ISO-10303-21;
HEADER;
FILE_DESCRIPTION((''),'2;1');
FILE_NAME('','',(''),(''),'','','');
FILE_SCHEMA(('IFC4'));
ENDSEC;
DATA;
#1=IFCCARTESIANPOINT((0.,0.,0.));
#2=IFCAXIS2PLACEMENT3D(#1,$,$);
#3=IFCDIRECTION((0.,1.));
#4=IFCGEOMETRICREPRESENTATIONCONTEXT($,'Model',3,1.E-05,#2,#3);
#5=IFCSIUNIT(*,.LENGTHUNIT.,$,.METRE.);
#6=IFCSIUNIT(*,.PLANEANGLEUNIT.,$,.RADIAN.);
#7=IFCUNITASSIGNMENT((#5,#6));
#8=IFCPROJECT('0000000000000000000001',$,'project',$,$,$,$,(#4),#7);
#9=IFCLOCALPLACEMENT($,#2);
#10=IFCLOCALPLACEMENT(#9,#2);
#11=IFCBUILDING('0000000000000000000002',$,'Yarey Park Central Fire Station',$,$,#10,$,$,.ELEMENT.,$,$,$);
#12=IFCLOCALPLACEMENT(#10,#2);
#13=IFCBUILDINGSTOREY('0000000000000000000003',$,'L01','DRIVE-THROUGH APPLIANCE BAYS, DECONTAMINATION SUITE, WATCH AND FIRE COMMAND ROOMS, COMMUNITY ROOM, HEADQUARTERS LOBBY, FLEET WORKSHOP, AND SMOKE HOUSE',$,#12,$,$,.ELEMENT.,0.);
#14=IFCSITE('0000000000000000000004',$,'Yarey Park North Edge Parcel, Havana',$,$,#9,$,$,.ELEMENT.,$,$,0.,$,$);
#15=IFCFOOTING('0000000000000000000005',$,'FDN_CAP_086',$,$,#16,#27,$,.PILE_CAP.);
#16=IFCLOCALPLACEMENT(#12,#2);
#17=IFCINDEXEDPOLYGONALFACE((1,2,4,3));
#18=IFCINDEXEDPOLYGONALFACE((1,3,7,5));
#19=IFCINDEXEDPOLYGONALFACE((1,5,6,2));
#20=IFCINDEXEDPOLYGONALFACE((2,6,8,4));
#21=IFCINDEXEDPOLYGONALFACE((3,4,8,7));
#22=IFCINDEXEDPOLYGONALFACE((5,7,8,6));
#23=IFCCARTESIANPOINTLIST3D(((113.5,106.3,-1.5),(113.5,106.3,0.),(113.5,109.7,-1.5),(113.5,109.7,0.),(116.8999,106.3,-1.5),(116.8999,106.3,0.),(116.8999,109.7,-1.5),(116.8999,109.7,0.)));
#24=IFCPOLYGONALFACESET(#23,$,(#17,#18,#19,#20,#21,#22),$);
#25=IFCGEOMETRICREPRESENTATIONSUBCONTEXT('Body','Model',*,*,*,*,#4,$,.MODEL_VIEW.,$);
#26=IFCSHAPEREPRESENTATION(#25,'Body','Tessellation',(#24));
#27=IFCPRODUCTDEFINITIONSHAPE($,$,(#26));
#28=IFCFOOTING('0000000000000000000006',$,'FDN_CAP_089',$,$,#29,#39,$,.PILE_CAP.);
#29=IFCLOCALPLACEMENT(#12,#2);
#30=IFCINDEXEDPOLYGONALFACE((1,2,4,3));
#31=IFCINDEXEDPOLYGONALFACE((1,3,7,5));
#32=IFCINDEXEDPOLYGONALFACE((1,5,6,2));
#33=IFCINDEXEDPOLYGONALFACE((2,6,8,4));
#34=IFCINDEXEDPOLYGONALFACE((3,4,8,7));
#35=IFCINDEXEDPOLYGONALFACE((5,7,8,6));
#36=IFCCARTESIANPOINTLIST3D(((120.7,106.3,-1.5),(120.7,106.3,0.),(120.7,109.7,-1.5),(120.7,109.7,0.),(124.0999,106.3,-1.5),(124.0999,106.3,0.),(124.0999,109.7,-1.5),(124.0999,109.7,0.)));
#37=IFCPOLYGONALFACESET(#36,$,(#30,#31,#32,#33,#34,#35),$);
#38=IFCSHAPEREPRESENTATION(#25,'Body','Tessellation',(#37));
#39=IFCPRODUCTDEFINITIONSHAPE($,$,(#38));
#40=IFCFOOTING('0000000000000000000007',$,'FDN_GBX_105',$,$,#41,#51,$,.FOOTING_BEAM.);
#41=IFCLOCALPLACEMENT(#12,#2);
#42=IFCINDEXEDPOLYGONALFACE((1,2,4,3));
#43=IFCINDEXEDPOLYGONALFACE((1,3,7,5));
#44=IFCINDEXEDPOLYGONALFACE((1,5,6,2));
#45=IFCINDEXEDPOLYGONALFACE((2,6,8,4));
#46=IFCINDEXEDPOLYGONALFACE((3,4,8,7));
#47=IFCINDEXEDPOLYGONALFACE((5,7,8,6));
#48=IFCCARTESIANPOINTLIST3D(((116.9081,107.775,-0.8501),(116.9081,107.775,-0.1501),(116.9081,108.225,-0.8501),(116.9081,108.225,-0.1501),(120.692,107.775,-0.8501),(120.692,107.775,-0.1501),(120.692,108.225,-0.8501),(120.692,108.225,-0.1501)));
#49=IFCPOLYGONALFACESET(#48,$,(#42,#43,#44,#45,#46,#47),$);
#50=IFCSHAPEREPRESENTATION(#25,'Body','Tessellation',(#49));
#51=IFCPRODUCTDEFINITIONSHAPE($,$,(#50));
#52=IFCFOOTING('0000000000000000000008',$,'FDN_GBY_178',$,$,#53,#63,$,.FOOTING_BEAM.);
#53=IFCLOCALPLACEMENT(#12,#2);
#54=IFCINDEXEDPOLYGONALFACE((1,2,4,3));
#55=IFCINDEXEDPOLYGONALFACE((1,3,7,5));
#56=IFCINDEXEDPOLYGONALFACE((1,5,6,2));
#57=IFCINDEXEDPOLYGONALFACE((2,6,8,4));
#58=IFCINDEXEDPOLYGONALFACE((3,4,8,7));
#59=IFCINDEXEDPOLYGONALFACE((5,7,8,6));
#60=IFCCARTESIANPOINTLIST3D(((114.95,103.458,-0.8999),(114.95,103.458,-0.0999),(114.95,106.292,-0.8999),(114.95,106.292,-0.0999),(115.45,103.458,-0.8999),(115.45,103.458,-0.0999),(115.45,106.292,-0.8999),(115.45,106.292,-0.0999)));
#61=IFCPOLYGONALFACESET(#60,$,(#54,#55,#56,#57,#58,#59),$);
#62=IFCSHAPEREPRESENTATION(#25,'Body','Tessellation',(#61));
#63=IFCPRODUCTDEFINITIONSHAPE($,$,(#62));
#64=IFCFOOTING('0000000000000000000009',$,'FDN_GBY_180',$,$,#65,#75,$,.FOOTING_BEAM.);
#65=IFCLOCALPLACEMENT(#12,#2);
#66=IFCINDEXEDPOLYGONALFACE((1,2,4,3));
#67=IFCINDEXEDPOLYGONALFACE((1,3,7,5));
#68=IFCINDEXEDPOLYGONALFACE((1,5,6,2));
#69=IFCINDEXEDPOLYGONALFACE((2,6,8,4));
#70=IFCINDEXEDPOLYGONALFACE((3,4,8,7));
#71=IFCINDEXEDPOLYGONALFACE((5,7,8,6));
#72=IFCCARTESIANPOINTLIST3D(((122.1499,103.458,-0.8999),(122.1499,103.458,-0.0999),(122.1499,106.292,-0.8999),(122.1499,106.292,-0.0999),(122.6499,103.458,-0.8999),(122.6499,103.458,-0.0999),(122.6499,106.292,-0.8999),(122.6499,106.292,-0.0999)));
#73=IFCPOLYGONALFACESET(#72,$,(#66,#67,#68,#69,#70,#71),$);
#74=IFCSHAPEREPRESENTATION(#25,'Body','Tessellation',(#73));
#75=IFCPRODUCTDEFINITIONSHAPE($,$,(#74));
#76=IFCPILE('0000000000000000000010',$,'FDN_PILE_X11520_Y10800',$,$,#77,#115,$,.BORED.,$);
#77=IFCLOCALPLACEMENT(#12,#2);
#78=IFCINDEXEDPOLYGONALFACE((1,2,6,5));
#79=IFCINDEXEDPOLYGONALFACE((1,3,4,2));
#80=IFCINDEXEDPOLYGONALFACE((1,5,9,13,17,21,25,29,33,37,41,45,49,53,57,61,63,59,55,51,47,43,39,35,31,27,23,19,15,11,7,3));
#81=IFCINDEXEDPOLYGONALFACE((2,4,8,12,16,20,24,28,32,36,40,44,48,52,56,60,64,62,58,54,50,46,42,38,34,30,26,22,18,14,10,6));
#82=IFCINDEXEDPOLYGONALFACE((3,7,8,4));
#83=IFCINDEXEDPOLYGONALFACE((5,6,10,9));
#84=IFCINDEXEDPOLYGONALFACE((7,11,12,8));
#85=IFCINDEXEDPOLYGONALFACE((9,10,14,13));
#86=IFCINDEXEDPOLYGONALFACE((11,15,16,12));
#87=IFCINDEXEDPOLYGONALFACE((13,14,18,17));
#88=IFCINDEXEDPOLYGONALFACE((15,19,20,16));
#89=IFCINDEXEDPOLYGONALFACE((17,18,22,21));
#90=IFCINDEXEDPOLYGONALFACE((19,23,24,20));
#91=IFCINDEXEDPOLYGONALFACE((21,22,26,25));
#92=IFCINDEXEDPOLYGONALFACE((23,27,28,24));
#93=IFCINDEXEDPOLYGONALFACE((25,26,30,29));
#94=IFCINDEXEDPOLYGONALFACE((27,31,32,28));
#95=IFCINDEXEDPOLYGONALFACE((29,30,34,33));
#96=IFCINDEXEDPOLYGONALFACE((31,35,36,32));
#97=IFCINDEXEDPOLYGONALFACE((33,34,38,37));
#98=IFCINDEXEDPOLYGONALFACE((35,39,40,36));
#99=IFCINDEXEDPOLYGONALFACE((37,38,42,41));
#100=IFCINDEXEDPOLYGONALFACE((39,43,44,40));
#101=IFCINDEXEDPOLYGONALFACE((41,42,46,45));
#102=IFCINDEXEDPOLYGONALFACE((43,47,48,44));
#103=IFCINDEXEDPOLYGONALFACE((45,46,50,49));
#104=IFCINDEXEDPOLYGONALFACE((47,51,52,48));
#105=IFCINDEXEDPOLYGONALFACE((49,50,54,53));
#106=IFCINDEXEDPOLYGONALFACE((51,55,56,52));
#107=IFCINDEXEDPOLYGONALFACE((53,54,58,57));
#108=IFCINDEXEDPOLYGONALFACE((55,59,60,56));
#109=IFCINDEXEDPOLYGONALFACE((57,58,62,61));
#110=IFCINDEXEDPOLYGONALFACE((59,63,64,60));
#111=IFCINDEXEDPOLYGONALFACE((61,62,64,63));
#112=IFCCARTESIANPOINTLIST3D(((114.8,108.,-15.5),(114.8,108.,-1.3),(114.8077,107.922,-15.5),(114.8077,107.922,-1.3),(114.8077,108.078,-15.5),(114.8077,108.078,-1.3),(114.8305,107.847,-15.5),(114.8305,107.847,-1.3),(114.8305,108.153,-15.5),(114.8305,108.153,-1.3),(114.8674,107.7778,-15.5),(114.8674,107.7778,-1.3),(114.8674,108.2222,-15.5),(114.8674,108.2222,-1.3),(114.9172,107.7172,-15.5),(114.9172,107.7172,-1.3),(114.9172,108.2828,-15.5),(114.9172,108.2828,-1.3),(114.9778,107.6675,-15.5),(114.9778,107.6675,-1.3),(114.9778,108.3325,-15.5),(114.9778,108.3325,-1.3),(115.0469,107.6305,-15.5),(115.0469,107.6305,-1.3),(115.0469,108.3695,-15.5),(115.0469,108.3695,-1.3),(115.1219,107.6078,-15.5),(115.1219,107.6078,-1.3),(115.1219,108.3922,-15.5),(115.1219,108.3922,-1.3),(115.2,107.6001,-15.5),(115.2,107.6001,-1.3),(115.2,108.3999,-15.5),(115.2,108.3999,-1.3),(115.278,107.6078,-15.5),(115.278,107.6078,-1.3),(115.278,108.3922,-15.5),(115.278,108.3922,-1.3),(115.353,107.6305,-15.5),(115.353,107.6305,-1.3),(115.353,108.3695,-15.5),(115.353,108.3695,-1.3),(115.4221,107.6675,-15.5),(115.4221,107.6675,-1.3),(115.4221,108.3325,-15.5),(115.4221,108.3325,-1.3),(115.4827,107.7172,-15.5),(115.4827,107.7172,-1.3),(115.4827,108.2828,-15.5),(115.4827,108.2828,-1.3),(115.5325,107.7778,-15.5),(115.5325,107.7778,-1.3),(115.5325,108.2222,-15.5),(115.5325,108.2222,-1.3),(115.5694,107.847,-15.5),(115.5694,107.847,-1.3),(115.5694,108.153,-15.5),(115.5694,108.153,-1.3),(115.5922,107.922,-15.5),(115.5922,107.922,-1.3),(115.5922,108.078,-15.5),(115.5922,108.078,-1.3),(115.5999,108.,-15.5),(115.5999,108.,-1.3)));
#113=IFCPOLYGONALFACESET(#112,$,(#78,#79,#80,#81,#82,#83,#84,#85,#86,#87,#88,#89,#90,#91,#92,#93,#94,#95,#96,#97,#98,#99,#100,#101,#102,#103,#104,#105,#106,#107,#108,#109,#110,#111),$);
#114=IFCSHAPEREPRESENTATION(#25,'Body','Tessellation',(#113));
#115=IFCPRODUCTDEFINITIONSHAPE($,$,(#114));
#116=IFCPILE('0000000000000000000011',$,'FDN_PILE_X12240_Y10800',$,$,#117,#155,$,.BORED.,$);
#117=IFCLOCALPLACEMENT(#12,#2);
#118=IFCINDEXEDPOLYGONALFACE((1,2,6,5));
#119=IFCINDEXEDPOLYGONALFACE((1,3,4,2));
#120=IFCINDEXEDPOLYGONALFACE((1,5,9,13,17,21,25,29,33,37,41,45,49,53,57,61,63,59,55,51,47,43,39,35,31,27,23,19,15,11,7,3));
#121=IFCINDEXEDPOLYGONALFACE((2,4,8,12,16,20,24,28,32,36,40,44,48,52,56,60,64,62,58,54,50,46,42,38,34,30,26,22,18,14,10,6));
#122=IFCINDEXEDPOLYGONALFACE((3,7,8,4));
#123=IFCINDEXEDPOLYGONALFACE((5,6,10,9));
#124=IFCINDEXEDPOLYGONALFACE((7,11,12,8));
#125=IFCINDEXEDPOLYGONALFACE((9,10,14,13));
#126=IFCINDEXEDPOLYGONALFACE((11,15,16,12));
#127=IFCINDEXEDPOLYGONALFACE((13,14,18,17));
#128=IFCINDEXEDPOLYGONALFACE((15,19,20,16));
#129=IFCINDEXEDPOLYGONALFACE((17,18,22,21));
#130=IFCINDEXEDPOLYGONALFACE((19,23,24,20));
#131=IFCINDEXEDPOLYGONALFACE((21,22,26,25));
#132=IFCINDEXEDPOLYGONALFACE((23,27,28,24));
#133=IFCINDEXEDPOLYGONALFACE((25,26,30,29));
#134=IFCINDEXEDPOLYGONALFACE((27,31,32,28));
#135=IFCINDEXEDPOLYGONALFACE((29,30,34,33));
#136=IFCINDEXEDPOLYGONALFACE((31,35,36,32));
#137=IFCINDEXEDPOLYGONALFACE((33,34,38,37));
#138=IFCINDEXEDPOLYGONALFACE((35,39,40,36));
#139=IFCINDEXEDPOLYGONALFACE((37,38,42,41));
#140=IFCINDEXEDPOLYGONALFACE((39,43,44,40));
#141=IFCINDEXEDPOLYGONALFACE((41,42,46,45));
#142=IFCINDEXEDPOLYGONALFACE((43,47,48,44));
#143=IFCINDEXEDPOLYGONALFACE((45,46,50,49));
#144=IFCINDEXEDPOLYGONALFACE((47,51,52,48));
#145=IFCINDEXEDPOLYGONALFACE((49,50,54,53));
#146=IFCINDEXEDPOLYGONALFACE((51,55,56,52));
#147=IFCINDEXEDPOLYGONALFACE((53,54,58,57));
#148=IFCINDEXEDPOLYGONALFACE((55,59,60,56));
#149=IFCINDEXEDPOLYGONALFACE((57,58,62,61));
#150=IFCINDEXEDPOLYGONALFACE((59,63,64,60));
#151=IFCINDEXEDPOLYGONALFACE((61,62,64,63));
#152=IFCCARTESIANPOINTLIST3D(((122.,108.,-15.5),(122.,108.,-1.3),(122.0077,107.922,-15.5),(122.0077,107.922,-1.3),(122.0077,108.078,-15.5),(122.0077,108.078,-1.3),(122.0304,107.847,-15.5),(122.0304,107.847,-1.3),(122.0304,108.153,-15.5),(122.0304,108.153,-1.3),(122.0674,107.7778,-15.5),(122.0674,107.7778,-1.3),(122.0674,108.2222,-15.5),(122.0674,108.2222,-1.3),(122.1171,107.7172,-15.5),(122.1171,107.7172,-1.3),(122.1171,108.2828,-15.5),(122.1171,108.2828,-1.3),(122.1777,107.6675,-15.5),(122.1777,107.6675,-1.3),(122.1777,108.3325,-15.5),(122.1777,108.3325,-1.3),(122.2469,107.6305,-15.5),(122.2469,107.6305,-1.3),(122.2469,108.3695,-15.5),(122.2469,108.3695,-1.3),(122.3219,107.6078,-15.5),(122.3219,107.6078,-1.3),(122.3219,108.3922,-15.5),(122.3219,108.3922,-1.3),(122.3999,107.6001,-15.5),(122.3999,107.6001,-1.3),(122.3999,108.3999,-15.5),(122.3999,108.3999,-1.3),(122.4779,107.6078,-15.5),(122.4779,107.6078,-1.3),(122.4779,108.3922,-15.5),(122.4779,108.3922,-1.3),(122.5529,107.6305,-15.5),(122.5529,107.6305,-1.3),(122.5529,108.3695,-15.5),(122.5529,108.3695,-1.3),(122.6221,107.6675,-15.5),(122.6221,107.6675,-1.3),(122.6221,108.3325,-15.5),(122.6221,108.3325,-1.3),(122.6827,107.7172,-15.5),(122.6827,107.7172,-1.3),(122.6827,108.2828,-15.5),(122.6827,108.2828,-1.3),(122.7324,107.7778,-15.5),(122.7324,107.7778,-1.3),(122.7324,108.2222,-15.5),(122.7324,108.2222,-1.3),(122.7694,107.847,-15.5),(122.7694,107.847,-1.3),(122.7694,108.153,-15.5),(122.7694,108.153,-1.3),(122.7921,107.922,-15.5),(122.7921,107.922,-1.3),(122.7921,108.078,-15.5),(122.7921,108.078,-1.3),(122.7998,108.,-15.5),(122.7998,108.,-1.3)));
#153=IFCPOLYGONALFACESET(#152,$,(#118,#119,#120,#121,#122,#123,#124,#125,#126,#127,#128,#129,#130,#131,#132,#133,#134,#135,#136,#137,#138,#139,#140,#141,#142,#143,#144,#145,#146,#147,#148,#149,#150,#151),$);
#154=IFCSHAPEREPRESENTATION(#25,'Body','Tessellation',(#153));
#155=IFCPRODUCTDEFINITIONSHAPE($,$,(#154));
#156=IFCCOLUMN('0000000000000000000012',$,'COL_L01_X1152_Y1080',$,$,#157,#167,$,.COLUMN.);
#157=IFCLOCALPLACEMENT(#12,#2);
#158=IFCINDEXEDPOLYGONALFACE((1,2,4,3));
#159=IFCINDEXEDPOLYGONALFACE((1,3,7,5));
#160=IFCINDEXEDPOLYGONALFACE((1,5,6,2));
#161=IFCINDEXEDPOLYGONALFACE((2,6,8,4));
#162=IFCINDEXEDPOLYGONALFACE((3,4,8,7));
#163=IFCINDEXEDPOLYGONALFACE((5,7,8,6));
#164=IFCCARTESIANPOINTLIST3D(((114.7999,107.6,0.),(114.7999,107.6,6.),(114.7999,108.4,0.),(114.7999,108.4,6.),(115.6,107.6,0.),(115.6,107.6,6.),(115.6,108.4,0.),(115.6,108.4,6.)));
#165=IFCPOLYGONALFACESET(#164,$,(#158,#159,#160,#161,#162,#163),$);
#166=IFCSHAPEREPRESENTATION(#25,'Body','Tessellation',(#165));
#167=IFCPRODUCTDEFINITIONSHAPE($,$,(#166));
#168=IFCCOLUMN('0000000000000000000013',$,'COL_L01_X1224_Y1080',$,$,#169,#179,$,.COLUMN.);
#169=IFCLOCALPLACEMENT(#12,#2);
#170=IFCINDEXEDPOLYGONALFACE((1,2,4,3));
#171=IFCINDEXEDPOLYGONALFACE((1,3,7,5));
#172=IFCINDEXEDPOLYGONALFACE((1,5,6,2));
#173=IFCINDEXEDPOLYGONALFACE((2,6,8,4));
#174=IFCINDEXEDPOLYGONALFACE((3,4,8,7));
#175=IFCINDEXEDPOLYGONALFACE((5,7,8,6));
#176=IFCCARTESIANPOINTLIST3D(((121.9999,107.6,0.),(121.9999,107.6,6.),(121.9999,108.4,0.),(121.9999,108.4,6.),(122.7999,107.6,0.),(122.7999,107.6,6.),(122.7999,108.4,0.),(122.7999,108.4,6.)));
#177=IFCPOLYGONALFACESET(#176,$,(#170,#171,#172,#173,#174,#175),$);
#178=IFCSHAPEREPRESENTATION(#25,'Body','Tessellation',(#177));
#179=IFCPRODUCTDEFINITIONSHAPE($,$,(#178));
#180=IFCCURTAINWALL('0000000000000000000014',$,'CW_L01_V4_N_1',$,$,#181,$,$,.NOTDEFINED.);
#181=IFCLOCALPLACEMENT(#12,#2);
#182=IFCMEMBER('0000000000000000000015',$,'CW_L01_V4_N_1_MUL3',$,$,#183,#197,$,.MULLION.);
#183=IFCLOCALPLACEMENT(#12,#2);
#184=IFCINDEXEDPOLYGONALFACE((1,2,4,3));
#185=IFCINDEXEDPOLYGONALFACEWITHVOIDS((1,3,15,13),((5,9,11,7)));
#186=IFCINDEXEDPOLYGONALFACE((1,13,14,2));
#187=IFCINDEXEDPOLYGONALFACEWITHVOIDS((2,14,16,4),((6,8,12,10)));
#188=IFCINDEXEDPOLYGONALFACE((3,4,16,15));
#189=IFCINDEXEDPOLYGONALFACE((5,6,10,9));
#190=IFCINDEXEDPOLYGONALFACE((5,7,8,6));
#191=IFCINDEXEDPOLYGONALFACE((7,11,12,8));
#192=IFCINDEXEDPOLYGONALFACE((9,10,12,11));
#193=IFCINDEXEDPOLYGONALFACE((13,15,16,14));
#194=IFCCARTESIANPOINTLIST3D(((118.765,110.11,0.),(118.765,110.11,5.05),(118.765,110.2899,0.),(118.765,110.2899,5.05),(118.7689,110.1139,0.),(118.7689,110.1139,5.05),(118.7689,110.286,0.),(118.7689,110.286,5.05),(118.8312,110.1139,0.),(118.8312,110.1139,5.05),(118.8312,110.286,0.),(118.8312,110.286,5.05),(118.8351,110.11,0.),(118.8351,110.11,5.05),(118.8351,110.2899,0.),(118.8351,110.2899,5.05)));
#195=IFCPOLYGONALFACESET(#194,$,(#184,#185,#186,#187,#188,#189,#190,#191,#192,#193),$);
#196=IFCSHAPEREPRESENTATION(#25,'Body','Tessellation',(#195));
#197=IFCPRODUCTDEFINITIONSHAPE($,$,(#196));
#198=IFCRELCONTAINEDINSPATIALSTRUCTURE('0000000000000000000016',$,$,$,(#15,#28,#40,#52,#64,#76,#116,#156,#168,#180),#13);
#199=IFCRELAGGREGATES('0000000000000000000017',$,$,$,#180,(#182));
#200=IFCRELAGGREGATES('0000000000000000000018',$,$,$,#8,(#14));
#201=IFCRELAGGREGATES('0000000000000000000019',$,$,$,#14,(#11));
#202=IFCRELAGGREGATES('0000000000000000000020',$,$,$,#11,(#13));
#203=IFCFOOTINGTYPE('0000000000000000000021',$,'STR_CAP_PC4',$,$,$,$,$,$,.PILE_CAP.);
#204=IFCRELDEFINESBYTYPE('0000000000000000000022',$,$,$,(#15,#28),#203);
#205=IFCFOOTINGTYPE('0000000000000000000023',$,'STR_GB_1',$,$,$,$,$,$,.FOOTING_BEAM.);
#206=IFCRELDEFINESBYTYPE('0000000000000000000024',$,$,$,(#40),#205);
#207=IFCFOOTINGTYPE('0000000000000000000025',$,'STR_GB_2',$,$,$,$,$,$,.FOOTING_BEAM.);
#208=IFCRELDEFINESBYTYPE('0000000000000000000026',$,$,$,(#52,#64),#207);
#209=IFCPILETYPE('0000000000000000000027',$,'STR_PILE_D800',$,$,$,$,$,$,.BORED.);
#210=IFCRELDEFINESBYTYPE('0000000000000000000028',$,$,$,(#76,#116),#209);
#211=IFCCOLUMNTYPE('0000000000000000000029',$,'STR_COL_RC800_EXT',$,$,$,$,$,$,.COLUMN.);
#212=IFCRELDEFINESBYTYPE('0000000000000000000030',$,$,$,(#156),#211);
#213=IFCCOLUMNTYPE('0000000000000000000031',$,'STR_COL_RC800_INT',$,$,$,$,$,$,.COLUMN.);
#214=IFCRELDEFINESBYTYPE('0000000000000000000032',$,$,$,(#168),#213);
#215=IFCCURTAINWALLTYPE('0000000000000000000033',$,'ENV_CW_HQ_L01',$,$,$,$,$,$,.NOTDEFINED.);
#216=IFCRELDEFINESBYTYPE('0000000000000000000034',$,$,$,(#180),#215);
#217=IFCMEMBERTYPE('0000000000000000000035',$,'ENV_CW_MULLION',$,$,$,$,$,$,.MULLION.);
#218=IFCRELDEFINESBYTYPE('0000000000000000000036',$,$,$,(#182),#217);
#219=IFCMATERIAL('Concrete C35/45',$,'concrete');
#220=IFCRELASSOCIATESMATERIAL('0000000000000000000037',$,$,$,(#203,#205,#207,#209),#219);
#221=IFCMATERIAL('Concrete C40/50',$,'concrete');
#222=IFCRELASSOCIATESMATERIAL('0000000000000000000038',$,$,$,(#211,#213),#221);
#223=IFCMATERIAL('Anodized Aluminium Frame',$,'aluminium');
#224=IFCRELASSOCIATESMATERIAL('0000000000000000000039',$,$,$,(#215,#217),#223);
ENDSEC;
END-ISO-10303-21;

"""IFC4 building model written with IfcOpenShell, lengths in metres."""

from ifc_helpers import new_model, si_unit, direction, frame, origin, origin_2d, place, context, subcontext, project, spatial, rectangle, hollow_rectangle, circle, extrude, material, material_profile, profile_set, type_object, element, aggregate, save


model = new_model("IFC4")

# Units and contexts
model_context = context("Model", 3, precision=1e-05, world=origin(), true_north=direction((0.0, 1.0)))
body_context = subcontext(model_context, "Body", "Model", "MODEL_VIEW")
ifc_project = project(units=[si_unit("LENGTHUNIT", "METRE"), si_unit("PLANEANGLEUNIT", "RADIAN")], contexts=[model_context])

# Site, building, storey
site_placement = place(None, origin())
site = spatial("IfcSite", under=ifc_project, at=site_placement, Name="Yarey Park North Edge Parcel, Havana", CompositionType="ELEMENT", RefElevation=0.0)
building_placement = place(site_placement, origin())
building = spatial("IfcBuilding", under=site, at=building_placement, Name="Yarey Park Central Fire Station", CompositionType="ELEMENT")
storey_placement = place(building_placement, origin())
storey = spatial("IfcBuildingStorey", under=building, at=storey_placement, Name="L01", Description="DRIVE-THROUGH APPLIANCE BAYS, DECONTAMINATION SUITE, WATCH AND FIRE COMMAND ROOMS, COMMUNITY ROOM, HEADQUARTERS LOBBY, FLEET WORKSHOP, AND SMOKE HOUSE", CompositionType="ELEMENT", Elevation=0.0)

# Footings
ifc_material_1 = material(Name="Concrete C35/45", Category="concrete")
footing_type_1 = type_object("IfcFootingType", Name="STR_CAP_PC4", PredefinedType="PILE_CAP", material=ifc_material_1)
for number, where, z_axis, x_axis, name in (
    (1, (115.2, 108.0, -1.5), (0.0, 0.0, 1.0), (1.0, 0.0, 0.0), "FDN_CAP_086"),
    (2, (122.3999, 108.0, -1.5), (0.0, 0.0, 1.0), (1.0, 0.0, 0.0), "FDN_CAP_089"),
):
    element("IfcFooting", number, at=place(storey_placement, frame(where, z_axis=z_axis, x_axis=x_axis)), inside=storey, type_object=footing_type_1, Name=name, PredefinedType="PILE_CAP", context=body_context, shape_type="SweptSolid", body=[
        extrude(rectangle(XDim=3.3999, YDim=3.3999, at=origin_2d()), origin(), (0.0, 0.0, 1.0), 1.5),
    ])
footing_type_2 = type_object("IfcFootingType", Name="STR_GB_1", PredefinedType="FOOTING_BEAM", material=ifc_material_1)
footing_placement = place(storey_placement, frame((118.8, 108.0, -0.8501), z_axis=(0.0, 0.0, 1.0), x_axis=(1.0, 0.0, 0.0)))
element("IfcFooting", 3, at=footing_placement, inside=storey, type_object=footing_type_2, Name="FDN_GBX_105", PredefinedType="FOOTING_BEAM", context=body_context, shape_type="SweptSolid", body=[
    extrude(rectangle(XDim=3.7839, YDim=0.45, at=origin_2d()), origin(), (0.0, 0.0, 1.0), 0.7),
])
footing_type_3 = type_object("IfcFootingType", Name="STR_GB_2", PredefinedType="FOOTING_BEAM", material=ifc_material_1)
for number, where, z_axis, x_axis, name in (
    (4, (115.2, 104.875, -0.8999), (0.0, 0.0, 1.0), (1.0, 0.0, 0.0), "FDN_GBY_178"),
    (5, (122.3999, 104.875, -0.8999), (0.0, 0.0, 1.0), (1.0, 0.0, 0.0), "FDN_GBY_180"),
):
    element("IfcFooting", number, at=place(storey_placement, frame(where, z_axis=z_axis, x_axis=x_axis)), inside=storey, type_object=footing_type_3, Name=name, PredefinedType="FOOTING_BEAM", context=body_context, shape_type="SweptSolid", body=[
        extrude(rectangle(XDim=0.5, YDim=2.834, at=origin_2d()), origin(), (0.0, 0.0, 1.0), 0.8),
    ])

# Piles
ifc_material_profile_1 = material_profile(ifc_material_1, circle(Radius=0.3999, at=origin_2d()), Name="BORED PILE D800")
ifc_profile_set_1 = profile_set([ifc_material_profile_1], Name="Concrete C35/45")
pile_type = type_object("IfcPileType", Name="STR_PILE_D800", PredefinedType="BORED", material=ifc_profile_set_1)
for number, where, z_axis, x_axis, name in (
    (6, (115.2, 108.0, -1.3), (0.0, 0.0, -1.0), (1.0, 0.0, 0.0), "FDN_PILE_X11520_Y10800"),
    (7, (122.3999, 108.0, -1.3), (0.0, 0.0, -1.0), (1.0, 0.0, 0.0), "FDN_PILE_X12240_Y10800"),
):
    element("IfcPile", number, at=place(storey_placement, frame(where, z_axis=z_axis, x_axis=x_axis)), inside=storey, type_object=pile_type, Name=name, PredefinedType="BORED", context=body_context, shape_type="SweptSolid", body=[
        extrude(circle(Radius=0.3999, at=origin_2d()), origin(), (0.0, 0.0, 1.0), 14.2),
    ])

# Columns
ifc_material_2 = material(Name="Concrete C40/50", Category="concrete")
ifc_material_profile_2 = material_profile(ifc_material_2, rectangle(XDim=0.8, YDim=0.8, at=origin_2d()), Name="RC 800x800")
ifc_profile_set_2 = profile_set([ifc_material_profile_2], Name="Concrete C40/50")
column_type_1 = type_object("IfcColumnType", Name="STR_COL_RC800_EXT", PredefinedType="COLUMN", material=ifc_profile_set_2)
column_1_placement = place(storey_placement, frame((115.2, 108.0, 0.0), z_axis=(0.0, 0.0, 1.0), x_axis=(1.0, 0.0, 0.0)))
element("IfcColumn", 8, at=column_1_placement, inside=storey, type_object=column_type_1, Name="COL_L01_X1152_Y1080", PredefinedType="COLUMN", context=body_context, shape_type="SweptSolid", body=[
    extrude(rectangle(XDim=0.8, YDim=0.8, at=origin_2d()), origin(), (0.0, 0.0, 1.0), 6.0),
])
ifc_material_profile_3 = material_profile(ifc_material_2, rectangle(XDim=0.8, YDim=0.8, at=origin_2d()), Name="RC 800x800")
ifc_profile_set_3 = profile_set([ifc_material_profile_3], Name="Concrete C40/50")
column_type_2 = type_object("IfcColumnType", Name="STR_COL_RC800_INT", PredefinedType="COLUMN", material=ifc_profile_set_3)
column_2_placement = place(storey_placement, frame((122.3999, 108.0, 0.0), z_axis=(0.0, 0.0, 1.0), x_axis=(1.0, 0.0, 0.0)))
element("IfcColumn", 9, at=column_2_placement, inside=storey, type_object=column_type_2, Name="COL_L01_X1224_Y1080", PredefinedType="COLUMN", context=body_context, shape_type="SweptSolid", body=[
    extrude(rectangle(XDim=0.8, YDim=0.8, at=origin_2d()), origin(), (0.0, 0.0, 1.0), 6.0),
])

# Curtain wall, member
ifc_material_3 = material(Name="Anodized Aluminium Frame", Category="aluminium")
curtain_wall_type = type_object("IfcCurtainWallType", Name="ENV_CW_HQ_L01", PredefinedType="NOTDEFINED", material=ifc_material_3)
curtain_wall_placement = place(storey_placement, origin())
curtain_wall = element("IfcCurtainWall", 10, at=curtain_wall_placement, inside=storey, type_object=curtain_wall_type, Name="CW_L01_V4_N_1", PredefinedType="NOTDEFINED")
ifc_material_profile_4 = material_profile(ifc_material_3, hollow_rectangle(XDim=0.0701, YDim=0.1799, WallThickness=0.0039, at=origin_2d()), Name="ALU 180x70x4")
ifc_profile_set_4 = profile_set([ifc_material_profile_4], Name="Anodized Aluminium Frame")
member_type_1 = type_object("IfcMemberType", Name="ENV_CW_MULLION", PredefinedType="MULLION", material=ifc_profile_set_4)
member_1_placement = place(storey_placement, frame((118.8, 110.2, 0.0), z_axis=(0.0, 0.0, 1.0), x_axis=(1.0, 0.0, 0.0)))
member_1 = element("IfcMember", 11, at=member_1_placement, type_object=member_type_1, Name="CW_L01_V4_N_1_MUL3", PredefinedType="MULLION", context=body_context, shape_type="SweptSolid", body=[
    extrude(hollow_rectangle(XDim=0.0701, YDim=0.1799, WallThickness=0.0039, at=origin_2d()), origin(), (0.0, 0.0, 1.0), 5.05),
])

aggregate(curtain_wall, [member_1])

save(model, "model.ifc")
